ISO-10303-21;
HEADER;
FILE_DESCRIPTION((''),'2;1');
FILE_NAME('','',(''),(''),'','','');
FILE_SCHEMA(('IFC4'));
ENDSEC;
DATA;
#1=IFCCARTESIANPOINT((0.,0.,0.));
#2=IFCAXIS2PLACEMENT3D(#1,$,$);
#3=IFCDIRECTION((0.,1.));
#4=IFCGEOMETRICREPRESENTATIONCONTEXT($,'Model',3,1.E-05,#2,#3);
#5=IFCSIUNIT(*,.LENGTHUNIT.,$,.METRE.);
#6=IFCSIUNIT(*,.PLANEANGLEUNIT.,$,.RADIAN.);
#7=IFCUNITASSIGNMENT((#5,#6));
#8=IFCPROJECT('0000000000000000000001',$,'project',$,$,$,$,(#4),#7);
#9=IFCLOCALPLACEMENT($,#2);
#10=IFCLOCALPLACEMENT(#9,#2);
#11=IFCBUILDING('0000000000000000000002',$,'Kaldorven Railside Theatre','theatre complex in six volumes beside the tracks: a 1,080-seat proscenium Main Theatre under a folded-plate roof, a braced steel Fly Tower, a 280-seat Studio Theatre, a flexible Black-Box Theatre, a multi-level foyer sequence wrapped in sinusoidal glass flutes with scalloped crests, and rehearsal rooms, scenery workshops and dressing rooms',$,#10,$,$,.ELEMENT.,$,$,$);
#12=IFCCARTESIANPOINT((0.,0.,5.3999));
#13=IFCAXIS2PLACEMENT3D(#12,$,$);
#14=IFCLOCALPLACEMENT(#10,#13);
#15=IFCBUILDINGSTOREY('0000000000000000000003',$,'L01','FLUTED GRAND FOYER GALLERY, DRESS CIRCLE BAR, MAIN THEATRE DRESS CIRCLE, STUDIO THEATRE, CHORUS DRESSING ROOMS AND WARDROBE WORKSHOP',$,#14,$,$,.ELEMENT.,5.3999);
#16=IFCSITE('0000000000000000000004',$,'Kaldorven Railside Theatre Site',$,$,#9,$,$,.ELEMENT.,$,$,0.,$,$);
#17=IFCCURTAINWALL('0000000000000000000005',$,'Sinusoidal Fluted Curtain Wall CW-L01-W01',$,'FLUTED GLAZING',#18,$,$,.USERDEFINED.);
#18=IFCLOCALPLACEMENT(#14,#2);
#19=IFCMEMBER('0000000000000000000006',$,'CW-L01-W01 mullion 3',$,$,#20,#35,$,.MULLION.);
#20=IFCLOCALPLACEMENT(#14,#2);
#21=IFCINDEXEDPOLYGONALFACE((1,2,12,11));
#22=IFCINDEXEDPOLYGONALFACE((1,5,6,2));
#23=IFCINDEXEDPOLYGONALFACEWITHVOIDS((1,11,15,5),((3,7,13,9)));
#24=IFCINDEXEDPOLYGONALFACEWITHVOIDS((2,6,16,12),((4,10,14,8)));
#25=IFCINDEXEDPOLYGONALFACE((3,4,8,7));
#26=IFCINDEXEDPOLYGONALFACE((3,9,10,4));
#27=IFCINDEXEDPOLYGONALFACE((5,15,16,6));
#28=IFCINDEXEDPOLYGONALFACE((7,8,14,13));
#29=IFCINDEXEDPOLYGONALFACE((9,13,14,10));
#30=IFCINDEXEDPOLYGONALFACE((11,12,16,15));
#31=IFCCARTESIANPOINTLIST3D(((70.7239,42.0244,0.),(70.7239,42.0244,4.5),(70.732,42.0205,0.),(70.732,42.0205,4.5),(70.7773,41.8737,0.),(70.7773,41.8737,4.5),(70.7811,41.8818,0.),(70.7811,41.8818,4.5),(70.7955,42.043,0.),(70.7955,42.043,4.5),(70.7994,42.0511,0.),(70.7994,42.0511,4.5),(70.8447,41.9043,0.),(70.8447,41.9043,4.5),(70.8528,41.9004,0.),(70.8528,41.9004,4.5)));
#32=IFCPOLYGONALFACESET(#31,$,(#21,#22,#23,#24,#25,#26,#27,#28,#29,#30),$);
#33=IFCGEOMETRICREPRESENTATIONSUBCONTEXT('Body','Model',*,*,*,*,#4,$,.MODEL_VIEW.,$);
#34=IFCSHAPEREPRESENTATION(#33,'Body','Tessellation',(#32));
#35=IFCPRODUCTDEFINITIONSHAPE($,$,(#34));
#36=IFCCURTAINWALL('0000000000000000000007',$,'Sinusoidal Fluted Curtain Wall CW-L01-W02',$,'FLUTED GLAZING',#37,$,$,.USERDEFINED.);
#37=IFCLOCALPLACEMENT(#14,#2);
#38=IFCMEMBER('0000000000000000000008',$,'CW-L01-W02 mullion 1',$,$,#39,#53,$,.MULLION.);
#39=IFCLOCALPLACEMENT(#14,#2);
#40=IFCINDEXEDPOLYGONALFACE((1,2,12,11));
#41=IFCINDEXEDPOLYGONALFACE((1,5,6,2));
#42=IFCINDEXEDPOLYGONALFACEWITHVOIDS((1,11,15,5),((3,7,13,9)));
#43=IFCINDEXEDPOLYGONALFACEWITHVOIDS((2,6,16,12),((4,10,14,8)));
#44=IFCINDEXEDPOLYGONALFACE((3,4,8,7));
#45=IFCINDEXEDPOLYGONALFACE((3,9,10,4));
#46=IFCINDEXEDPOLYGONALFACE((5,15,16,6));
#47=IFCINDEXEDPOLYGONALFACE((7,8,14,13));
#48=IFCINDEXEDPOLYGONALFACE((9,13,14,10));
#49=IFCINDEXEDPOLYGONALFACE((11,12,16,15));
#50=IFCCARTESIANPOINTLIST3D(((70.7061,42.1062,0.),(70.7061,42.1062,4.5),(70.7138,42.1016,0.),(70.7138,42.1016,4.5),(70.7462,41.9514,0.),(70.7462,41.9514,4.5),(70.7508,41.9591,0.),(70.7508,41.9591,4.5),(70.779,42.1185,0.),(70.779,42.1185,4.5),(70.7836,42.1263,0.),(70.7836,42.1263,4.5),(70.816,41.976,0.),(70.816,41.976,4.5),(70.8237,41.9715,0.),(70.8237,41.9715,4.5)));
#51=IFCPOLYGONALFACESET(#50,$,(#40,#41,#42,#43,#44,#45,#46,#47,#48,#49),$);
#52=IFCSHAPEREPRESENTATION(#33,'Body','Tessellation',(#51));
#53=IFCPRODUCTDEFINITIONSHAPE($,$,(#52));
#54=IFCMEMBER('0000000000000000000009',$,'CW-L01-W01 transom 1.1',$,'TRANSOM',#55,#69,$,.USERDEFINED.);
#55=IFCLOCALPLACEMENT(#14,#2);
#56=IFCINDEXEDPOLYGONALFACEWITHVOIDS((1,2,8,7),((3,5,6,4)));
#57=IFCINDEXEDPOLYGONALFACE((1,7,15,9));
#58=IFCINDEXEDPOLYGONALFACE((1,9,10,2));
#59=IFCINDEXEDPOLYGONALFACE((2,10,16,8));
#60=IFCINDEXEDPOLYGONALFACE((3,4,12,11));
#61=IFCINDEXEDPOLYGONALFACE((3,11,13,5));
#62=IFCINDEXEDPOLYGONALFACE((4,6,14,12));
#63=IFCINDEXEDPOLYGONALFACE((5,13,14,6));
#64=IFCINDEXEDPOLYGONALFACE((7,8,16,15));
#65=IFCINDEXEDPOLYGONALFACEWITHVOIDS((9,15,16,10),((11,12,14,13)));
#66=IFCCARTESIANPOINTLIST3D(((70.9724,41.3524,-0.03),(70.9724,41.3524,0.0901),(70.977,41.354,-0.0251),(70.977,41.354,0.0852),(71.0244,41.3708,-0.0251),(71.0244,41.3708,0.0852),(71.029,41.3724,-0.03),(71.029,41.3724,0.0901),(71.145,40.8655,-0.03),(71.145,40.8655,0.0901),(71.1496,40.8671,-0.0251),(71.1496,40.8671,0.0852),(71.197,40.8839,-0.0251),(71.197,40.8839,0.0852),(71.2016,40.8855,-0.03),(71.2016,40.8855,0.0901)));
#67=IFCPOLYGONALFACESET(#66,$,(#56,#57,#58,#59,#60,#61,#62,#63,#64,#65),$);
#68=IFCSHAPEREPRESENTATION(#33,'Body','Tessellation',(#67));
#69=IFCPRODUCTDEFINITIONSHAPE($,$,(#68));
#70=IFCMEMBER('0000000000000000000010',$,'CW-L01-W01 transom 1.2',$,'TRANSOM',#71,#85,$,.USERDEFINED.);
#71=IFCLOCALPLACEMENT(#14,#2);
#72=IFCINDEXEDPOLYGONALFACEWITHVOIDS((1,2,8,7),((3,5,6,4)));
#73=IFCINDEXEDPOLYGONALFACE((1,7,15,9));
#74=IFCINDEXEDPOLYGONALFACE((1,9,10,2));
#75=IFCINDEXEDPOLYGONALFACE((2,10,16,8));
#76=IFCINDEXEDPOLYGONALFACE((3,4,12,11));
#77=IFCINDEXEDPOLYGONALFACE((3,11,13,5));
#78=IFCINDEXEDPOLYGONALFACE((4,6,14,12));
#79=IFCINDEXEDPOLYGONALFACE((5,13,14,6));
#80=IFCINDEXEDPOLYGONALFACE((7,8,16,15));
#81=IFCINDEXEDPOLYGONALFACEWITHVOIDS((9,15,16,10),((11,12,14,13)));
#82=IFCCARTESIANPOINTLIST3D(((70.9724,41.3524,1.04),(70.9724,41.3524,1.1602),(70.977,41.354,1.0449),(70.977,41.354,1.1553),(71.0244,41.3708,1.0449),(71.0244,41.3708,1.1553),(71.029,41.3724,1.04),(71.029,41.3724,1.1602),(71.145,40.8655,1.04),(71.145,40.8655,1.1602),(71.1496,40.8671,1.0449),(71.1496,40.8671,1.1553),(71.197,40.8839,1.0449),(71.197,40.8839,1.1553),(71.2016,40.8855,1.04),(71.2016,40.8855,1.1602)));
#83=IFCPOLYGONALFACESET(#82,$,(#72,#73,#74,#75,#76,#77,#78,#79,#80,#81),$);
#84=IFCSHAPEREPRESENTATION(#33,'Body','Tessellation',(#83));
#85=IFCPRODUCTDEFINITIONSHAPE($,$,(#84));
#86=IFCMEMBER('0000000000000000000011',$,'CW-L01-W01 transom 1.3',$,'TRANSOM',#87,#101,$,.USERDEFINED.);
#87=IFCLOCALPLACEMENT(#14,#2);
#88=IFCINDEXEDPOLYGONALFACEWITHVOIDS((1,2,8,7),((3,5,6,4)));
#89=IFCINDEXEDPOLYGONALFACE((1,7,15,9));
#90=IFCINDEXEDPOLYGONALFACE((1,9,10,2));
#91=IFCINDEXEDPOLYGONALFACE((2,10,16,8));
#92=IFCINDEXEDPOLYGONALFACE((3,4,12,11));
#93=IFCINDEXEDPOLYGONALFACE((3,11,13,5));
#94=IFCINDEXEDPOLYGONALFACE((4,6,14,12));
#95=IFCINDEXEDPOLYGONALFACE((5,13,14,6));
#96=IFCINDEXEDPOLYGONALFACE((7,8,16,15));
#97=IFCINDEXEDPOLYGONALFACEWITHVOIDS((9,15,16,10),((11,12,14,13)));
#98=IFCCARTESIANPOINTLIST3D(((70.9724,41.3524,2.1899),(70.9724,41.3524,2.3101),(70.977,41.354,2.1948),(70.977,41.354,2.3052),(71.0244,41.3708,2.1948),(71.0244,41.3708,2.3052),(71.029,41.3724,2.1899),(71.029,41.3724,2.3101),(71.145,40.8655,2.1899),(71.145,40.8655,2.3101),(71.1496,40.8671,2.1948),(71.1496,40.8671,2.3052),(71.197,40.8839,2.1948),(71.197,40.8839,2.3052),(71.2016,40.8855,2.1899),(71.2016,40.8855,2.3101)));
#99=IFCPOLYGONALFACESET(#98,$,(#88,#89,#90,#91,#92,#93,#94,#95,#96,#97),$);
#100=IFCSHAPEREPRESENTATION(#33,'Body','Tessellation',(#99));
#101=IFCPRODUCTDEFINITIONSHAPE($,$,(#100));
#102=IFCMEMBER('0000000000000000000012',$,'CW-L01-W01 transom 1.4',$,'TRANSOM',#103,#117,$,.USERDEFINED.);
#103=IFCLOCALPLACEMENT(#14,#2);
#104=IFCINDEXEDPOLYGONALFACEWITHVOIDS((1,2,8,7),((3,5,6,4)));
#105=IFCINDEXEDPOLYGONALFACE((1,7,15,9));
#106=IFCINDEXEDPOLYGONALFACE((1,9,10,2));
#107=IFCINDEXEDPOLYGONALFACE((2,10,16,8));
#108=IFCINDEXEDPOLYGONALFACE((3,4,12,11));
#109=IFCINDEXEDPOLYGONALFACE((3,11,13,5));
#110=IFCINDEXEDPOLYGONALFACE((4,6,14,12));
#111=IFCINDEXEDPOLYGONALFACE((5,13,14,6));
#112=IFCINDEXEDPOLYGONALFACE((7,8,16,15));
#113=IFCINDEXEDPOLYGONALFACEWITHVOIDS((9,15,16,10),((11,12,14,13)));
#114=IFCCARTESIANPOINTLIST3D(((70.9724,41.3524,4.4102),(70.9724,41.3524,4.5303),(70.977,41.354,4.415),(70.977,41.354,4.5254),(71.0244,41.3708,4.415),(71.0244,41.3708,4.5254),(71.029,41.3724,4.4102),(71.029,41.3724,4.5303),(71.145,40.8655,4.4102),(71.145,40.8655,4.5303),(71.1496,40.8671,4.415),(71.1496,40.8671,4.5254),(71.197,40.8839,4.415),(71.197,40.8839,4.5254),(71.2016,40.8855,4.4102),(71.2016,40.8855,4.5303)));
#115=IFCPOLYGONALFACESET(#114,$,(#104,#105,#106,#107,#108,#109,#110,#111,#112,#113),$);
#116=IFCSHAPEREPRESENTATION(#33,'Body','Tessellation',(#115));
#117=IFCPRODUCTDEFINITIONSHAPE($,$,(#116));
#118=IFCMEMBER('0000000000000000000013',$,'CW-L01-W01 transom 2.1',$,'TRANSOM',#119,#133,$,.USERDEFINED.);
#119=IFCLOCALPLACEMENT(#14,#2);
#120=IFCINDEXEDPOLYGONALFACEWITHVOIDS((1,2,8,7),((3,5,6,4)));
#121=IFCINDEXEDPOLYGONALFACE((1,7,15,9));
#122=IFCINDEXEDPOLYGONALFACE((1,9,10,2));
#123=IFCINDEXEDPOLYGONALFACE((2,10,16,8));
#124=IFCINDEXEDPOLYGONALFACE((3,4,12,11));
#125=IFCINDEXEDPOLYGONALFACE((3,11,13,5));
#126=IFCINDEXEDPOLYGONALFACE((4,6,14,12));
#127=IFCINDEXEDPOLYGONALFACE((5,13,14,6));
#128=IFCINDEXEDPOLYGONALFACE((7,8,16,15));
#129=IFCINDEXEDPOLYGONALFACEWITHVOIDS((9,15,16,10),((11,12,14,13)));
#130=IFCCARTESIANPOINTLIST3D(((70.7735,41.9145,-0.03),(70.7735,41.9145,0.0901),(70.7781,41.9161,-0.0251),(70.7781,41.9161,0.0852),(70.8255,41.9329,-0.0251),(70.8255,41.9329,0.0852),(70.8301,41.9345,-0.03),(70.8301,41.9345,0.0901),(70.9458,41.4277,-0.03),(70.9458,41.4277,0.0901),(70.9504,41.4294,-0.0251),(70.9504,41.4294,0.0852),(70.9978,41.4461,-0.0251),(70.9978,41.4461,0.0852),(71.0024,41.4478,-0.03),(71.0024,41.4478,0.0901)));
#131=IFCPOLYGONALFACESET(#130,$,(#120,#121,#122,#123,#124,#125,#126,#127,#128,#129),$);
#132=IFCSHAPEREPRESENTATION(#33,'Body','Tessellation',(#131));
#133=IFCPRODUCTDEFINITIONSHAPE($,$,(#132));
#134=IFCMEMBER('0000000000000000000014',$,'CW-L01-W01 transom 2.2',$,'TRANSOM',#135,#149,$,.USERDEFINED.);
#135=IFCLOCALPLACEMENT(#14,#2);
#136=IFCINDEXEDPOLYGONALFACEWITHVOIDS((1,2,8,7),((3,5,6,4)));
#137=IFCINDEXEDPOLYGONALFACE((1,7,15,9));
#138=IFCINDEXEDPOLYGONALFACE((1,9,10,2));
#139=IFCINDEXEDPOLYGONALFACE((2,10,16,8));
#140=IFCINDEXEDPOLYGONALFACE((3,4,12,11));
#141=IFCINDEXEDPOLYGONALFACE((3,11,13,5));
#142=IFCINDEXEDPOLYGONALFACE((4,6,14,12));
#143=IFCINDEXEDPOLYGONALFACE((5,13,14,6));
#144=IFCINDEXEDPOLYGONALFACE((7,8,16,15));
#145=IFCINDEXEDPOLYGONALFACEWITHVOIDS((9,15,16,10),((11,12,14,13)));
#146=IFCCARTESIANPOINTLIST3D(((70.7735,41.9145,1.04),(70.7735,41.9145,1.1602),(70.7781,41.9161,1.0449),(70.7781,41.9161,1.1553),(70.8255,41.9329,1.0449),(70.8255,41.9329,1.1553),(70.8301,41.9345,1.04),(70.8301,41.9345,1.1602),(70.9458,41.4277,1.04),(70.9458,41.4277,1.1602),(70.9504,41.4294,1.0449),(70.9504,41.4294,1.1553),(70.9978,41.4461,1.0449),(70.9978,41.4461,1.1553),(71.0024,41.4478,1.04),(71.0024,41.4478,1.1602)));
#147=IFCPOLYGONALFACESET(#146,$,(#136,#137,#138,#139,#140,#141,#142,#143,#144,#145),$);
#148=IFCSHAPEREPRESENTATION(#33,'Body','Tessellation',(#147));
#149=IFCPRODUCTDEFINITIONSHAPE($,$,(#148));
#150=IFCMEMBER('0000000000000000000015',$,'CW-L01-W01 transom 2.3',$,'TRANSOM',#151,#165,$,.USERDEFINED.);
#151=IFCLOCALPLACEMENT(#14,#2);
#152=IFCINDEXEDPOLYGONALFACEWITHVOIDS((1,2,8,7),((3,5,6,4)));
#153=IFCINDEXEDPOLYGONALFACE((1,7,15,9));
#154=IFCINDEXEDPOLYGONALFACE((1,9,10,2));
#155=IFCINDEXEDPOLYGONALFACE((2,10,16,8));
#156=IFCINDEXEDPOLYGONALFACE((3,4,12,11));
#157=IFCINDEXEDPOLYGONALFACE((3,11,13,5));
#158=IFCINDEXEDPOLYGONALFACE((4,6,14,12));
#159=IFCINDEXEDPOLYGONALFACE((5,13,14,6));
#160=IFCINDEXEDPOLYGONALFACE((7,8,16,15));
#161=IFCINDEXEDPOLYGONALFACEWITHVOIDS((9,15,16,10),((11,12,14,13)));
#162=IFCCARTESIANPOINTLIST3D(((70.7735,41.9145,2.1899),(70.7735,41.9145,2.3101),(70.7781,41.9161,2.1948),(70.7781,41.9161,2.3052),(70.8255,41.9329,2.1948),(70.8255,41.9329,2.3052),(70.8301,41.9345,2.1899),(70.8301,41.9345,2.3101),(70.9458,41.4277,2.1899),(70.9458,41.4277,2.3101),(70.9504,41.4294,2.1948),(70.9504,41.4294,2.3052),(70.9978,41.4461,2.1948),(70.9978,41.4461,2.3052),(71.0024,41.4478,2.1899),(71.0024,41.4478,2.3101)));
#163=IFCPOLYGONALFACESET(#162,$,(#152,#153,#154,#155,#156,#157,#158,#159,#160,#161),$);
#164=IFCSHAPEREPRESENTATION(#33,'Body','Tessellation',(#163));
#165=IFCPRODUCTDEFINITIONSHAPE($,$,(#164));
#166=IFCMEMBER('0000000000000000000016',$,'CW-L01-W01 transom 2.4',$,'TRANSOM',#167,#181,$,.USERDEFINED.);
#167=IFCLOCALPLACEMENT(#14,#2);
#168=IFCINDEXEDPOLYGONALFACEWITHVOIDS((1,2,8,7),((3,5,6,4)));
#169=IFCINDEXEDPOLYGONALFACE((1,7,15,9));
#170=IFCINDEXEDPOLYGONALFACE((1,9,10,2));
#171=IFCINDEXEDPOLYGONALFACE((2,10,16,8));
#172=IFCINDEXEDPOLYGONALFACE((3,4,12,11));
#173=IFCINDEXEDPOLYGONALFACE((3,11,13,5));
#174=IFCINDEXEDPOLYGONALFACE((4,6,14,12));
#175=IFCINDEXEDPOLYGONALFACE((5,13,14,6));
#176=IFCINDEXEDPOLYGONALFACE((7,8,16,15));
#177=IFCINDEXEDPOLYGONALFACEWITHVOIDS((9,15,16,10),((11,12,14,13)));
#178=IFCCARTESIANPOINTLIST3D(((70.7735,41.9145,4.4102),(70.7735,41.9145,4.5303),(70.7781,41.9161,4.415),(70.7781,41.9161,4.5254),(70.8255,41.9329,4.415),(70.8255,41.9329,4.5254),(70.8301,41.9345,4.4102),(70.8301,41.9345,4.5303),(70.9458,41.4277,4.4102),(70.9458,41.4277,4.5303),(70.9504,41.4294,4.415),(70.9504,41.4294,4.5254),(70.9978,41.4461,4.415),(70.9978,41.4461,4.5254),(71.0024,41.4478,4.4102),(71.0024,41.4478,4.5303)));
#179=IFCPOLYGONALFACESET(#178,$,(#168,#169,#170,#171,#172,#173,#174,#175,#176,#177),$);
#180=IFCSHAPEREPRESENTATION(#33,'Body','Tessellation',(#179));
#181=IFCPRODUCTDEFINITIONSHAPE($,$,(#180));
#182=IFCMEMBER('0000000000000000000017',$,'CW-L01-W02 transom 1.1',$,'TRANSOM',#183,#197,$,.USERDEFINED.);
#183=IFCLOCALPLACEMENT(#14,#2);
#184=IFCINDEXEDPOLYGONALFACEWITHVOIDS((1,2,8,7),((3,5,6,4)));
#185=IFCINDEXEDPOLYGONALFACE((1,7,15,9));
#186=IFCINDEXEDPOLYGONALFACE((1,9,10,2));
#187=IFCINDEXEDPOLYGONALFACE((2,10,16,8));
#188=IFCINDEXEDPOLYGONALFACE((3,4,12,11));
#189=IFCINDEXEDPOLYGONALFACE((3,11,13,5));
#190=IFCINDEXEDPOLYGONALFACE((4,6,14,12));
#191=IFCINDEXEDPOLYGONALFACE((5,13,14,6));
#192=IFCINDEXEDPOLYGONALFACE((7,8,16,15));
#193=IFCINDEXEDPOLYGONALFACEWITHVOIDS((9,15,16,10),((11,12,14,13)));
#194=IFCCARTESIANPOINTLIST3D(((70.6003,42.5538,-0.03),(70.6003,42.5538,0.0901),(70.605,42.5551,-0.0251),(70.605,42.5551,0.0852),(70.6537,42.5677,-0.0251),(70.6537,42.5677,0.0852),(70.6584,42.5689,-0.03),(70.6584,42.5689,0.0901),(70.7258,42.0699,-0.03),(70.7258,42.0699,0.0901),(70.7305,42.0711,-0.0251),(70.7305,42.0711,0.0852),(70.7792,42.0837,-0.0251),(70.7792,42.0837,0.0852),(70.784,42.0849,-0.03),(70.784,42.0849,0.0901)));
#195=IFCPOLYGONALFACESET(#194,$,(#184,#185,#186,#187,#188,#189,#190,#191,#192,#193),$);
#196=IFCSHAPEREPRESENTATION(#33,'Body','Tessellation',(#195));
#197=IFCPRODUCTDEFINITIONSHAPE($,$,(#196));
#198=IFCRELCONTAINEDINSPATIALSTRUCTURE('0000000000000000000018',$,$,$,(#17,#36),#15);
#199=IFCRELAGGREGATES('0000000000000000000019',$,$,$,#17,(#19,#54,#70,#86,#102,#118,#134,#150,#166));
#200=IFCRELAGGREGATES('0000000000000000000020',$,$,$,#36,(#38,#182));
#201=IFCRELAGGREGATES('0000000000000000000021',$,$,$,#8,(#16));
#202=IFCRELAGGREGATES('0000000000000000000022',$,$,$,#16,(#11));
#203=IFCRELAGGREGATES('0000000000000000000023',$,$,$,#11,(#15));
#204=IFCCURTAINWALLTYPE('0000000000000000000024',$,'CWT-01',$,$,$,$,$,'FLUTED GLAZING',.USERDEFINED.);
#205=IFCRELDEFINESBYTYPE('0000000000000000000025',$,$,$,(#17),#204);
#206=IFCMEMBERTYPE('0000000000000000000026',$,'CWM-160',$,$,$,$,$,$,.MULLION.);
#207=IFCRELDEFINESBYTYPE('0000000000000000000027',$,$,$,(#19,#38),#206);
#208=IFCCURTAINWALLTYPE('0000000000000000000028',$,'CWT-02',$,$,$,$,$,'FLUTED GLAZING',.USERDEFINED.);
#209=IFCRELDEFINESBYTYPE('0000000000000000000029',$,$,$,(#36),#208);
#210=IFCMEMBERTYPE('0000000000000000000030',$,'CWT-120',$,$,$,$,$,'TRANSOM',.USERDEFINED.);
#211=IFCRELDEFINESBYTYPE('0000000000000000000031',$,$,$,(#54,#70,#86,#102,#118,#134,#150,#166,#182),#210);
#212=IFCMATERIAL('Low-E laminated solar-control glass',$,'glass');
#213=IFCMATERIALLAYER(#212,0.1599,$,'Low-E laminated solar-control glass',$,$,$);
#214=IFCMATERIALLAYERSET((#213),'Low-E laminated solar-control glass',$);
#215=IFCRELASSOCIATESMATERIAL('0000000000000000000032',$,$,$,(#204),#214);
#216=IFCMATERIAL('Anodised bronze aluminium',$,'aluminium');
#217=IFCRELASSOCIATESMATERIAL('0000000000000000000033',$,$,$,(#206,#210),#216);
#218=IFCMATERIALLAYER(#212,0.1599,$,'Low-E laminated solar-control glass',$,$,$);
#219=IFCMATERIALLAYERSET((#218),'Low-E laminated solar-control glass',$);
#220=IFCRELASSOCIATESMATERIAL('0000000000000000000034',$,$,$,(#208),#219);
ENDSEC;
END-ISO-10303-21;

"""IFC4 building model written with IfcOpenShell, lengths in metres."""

from ifc_helpers import new_model, si_unit, direction, frame, origin, origin_2d, place, context, subcontext, project, spatial, hollow_rectangle, extrude, material, layer, layer_set, material_profile, profile_set, type_object, element, aggregate, save


model = new_model("IFC4")

# Units and contexts
model_context = context("Model", 3, precision=1e-05, world=origin(), true_north=direction((0.0, 1.0)))
body_context = subcontext(model_context, "Body", "Model", "MODEL_VIEW")
ifc_project = project(units=[si_unit("LENGTHUNIT", "METRE"), si_unit("PLANEANGLEUNIT", "RADIAN")], contexts=[model_context])

# Site, building, storey
site_placement = place(None, origin())
site = spatial("IfcSite", under=ifc_project, at=site_placement, Name="Kaldorven Railside Theatre Site", CompositionType="ELEMENT", RefElevation=0.0)
building_placement = place(site_placement, origin())
building = spatial("IfcBuilding", under=site, at=building_placement, Name="Kaldorven Railside Theatre", Description="theatre complex in six volumes beside the tracks: a 1,080-seat proscenium Main Theatre under a folded-plate roof, a braced steel Fly Tower, a 280-seat Studio Theatre, a flexible Black-Box Theatre, a multi-level foyer sequence wrapped in sinusoidal glass flutes with scalloped crests, and rehearsal rooms, scenery workshops and dressing rooms", CompositionType="ELEMENT")
storey_placement = place(building_placement, frame((0.0, 0.0, 5.3999)))
storey = spatial("IfcBuildingStorey", under=building, at=storey_placement, Name="L01", Description="FLUTED GRAND FOYER GALLERY, DRESS CIRCLE BAR, MAIN THEATRE DRESS CIRCLE, STUDIO THEATRE, CHORUS DRESSING ROOMS AND WARDROBE WORKSHOP", CompositionType="ELEMENT", Elevation=5.3999)

# Curtain wall, member
ifc_material_1 = material(Name="Low-E laminated solar-control glass", Category="glass")
ifc_layer_1 = layer(ifc_material_1, 0.1599, Name="Low-E laminated solar-control glass")
ifc_layer_set_1 = layer_set([ifc_layer_1], Name="Low-E laminated solar-control glass")
curtain_wall_type_1 = type_object("IfcCurtainWallType", Name="CWT-01", ElementType="FLUTED GLAZING", PredefinedType="USERDEFINED", material=ifc_layer_set_1)
curtain_wall_1_placement = place(storey_placement, origin())
curtain_wall_1 = element("IfcCurtainWall", 1, at=curtain_wall_1_placement, inside=storey, type_object=curtain_wall_type_1, Name="Sinusoidal Fluted Curtain Wall CW-L01-W01", ObjectType="FLUTED GLAZING", PredefinedType="USERDEFINED")
ifc_material_2 = material(Name="Anodised bronze aluminium", Category="aluminium")
ifc_material_profile_1 = material_profile(ifc_material_2, hollow_rectangle(XDim=0.0801, YDim=0.1599, WallThickness=0.0063, at=origin_2d()), Name="RHS 160x80x6.3")
ifc_profile_set_1 = profile_set([ifc_material_profile_1], Name="Anodised bronze aluminium")
member_type_1 = type_object("IfcMemberType", Name="CWM-160", PredefinedType="MULLION", material=ifc_profile_set_1)
member_1_placement = place(storey_placement, frame((70.7883, 41.9624, 0.0), z_axis=(0.0, 0.0, 1.0), x_axis=(-0.942627, -0.333847, 0.0)))
member_1 = element("IfcMember", 2, at=member_1_placement, type_object=member_type_1, Name="CW-L01-W01 mullion 3", PredefinedType="MULLION", context=body_context, shape_type="SweptSolid", body=[
    extrude(hollow_rectangle(XDim=0.0801, YDim=0.1599, WallThickness=0.0063, at=origin_2d()), origin(), (0.0, 0.0, 1.0), 4.5),
])

# Curtain wall, member
ifc_layer_2 = layer(ifc_material_1, 0.1599, Name="Low-E laminated solar-control glass")
ifc_layer_set_2 = layer_set([ifc_layer_2], Name="Low-E laminated solar-control glass")
curtain_wall_type_2 = type_object("IfcCurtainWallType", Name="CWT-02", ElementType="FLUTED GLAZING", PredefinedType="USERDEFINED", material=ifc_layer_set_2)
curtain_wall_2_placement = place(storey_placement, origin())
curtain_wall_2 = element("IfcCurtainWall", 3, at=curtain_wall_2_placement, inside=storey, type_object=curtain_wall_type_2, Name="Sinusoidal Fluted Curtain Wall CW-L01-W02", ObjectType="FLUTED GLAZING", PredefinedType="USERDEFINED")
member_2_placement = place(storey_placement, frame((70.7649, 42.0388, 0.0), z_axis=(0.0, 0.0, 1.0), x_axis=(-0.967999, -0.250954, 0.0)))
member_2 = element("IfcMember", 4, at=member_2_placement, type_object=member_type_1, Name="CW-L01-W02 mullion 1", PredefinedType="MULLION", context=body_context, shape_type="SweptSolid", body=[
    extrude(hollow_rectangle(XDim=0.0801, YDim=0.1599, WallThickness=0.0063, at=origin_2d()), origin(), (0.0, 0.0, 1.0), 4.5),
])

# Members
ifc_material_profile_2 = material_profile(ifc_material_2, hollow_rectangle(XDim=0.0601, YDim=0.1201, WallThickness=0.0049, at=origin_2d()), Name="RHS 120x60x5")
ifc_profile_set_2 = profile_set([ifc_material_profile_2], Name="Anodised bronze aluminium")
member_type_2 = type_object("IfcMemberType", Name="CWT-120", ElementType="TRANSOM", PredefinedType="USERDEFINED", material=ifc_profile_set_2)
member_3_placement = place(storey_placement, frame((71.1733, 40.8755, 0.03), z_axis=(-0.33418, 0.942509, 0.0), x_axis=(-0.942509, -0.33418, 0.0)))
member_3 = element("IfcMember", 5, at=member_3_placement, type_object=member_type_2, Name="CW-L01-W01 transom 1.1", ObjectType="TRANSOM", PredefinedType="USERDEFINED", context=body_context, shape_type="SweptSolid", body=[
    extrude(hollow_rectangle(XDim=0.0601, YDim=0.1201, WallThickness=0.0049, at=origin_2d()), origin(), (0.0, 0.0, 1.0), 0.5166),
])
member_4_placement = place(storey_placement, frame((71.1733, 40.8755, 1.1001), z_axis=(-0.33418, 0.942509, 0.0), x_axis=(-0.942509, -0.33418, 0.0)))
member_4 = element("IfcMember", 6, at=member_4_placement, type_object=member_type_2, Name="CW-L01-W01 transom 1.2", ObjectType="TRANSOM", PredefinedType="USERDEFINED", context=body_context, shape_type="SweptSolid", body=[
    extrude(hollow_rectangle(XDim=0.0601, YDim=0.1201, WallThickness=0.0049, at=origin_2d()), origin(), (0.0, 0.0, 1.0), 0.5166),
])
member_5_placement = place(storey_placement, frame((71.1733, 40.8755, 2.25), z_axis=(-0.33418, 0.942509, 0.0), x_axis=(-0.942509, -0.33418, 0.0)))
member_5 = element("IfcMember", 7, at=member_5_placement, type_object=member_type_2, Name="CW-L01-W01 transom 1.3", ObjectType="TRANSOM", PredefinedType="USERDEFINED", context=body_context, shape_type="SweptSolid", body=[
    extrude(hollow_rectangle(XDim=0.0601, YDim=0.1201, WallThickness=0.0049, at=origin_2d()), origin(), (0.0, 0.0, 1.0), 0.5166),
])
member_6_placement = place(storey_placement, frame((71.1733, 40.8755, 4.4702), z_axis=(-0.33418, 0.942509, 0.0), x_axis=(-0.942509, -0.33418, 0.0)))
member_6 = element("IfcMember", 8, at=member_6_placement, type_object=member_type_2, Name="CW-L01-W01 transom 1.4", ObjectType="TRANSOM", PredefinedType="USERDEFINED", context=body_context, shape_type="SweptSolid", body=[
    extrude(hollow_rectangle(XDim=0.0601, YDim=0.1201, WallThickness=0.0049, at=origin_2d()), origin(), (0.0, 0.0, 1.0), 0.5166),
])
member_7_placement = place(storey_placement, frame((70.9741, 41.4377, 0.03), z_axis=(-0.33376, 0.942658, 0.0), x_axis=(-0.942658, -0.33376, 0.0)))
member_7 = element("IfcMember", 9, at=member_7_placement, type_object=member_type_2, Name="CW-L01-W01 transom 2.1", ObjectType="TRANSOM", PredefinedType="USERDEFINED", context=body_context, shape_type="SweptSolid", body=[
    extrude(hollow_rectangle(XDim=0.0601, YDim=0.1201, WallThickness=0.0049, at=origin_2d()), origin(), (0.0, 0.0, 1.0), 0.5164),
])
member_8_placement = place(storey_placement, frame((70.9741, 41.4377, 1.1001), z_axis=(-0.33376, 0.942658, 0.0), x_axis=(-0.942658, -0.33376, 0.0)))
member_8 = element("IfcMember", 10, at=member_8_placement, type_object=member_type_2, Name="CW-L01-W01 transom 2.2", ObjectType="TRANSOM", PredefinedType="USERDEFINED", context=body_context, shape_type="SweptSolid", body=[
    extrude(hollow_rectangle(XDim=0.0601, YDim=0.1201, WallThickness=0.0049, at=origin_2d()), origin(), (0.0, 0.0, 1.0), 0.5164),
])
member_9_placement = place(storey_placement, frame((70.9741, 41.4377, 2.25), z_axis=(-0.33376, 0.942658, 0.0), x_axis=(-0.942658, -0.33376, 0.0)))
member_9 = element("IfcMember", 11, at=member_9_placement, type_object=member_type_2, Name="CW-L01-W01 transom 2.3", ObjectType="TRANSOM", PredefinedType="USERDEFINED", context=body_context, shape_type="SweptSolid", body=[
    extrude(hollow_rectangle(XDim=0.0601, YDim=0.1201, WallThickness=0.0049, at=origin_2d()), origin(), (0.0, 0.0, 1.0), 0.5164),
])
member_10_placement = place(storey_placement, frame((70.9741, 41.4377, 4.4702), z_axis=(-0.33376, 0.942658, 0.0), x_axis=(-0.942658, -0.33376, 0.0)))
member_10 = element("IfcMember", 12, at=member_10_placement, type_object=member_type_2, Name="CW-L01-W01 transom 2.4", ObjectType="TRANSOM", PredefinedType="USERDEFINED", context=body_context, shape_type="SweptSolid", body=[
    extrude(hollow_rectangle(XDim=0.0601, YDim=0.1201, WallThickness=0.0049, at=origin_2d()), origin(), (0.0, 0.0, 1.0), 0.5164),
])
member_11_placement = place(storey_placement, frame((70.7549, 42.0774, 0.03), z_axis=(-0.25103, 0.967979, 0.0), x_axis=(-0.967979, -0.25103, 0.0)))
member_11 = element("IfcMember", 13, at=member_11_placement, type_object=member_type_2, Name="CW-L01-W02 transom 1.1", ObjectType="TRANSOM", PredefinedType="USERDEFINED", context=body_context, shape_type="SweptSolid", body=[
    extrude(hollow_rectangle(XDim=0.0601, YDim=0.1201, WallThickness=0.0049, at=origin_2d()), origin(), (0.0, 0.0, 1.0), 0.5),
])

aggregate(curtain_wall_1, [member_1, member_3, member_4, member_5, member_6, member_7, member_8, member_9, member_10])
aggregate(curtain_wall_2, [member_2, member_11])

save(model, "model.ifc")
